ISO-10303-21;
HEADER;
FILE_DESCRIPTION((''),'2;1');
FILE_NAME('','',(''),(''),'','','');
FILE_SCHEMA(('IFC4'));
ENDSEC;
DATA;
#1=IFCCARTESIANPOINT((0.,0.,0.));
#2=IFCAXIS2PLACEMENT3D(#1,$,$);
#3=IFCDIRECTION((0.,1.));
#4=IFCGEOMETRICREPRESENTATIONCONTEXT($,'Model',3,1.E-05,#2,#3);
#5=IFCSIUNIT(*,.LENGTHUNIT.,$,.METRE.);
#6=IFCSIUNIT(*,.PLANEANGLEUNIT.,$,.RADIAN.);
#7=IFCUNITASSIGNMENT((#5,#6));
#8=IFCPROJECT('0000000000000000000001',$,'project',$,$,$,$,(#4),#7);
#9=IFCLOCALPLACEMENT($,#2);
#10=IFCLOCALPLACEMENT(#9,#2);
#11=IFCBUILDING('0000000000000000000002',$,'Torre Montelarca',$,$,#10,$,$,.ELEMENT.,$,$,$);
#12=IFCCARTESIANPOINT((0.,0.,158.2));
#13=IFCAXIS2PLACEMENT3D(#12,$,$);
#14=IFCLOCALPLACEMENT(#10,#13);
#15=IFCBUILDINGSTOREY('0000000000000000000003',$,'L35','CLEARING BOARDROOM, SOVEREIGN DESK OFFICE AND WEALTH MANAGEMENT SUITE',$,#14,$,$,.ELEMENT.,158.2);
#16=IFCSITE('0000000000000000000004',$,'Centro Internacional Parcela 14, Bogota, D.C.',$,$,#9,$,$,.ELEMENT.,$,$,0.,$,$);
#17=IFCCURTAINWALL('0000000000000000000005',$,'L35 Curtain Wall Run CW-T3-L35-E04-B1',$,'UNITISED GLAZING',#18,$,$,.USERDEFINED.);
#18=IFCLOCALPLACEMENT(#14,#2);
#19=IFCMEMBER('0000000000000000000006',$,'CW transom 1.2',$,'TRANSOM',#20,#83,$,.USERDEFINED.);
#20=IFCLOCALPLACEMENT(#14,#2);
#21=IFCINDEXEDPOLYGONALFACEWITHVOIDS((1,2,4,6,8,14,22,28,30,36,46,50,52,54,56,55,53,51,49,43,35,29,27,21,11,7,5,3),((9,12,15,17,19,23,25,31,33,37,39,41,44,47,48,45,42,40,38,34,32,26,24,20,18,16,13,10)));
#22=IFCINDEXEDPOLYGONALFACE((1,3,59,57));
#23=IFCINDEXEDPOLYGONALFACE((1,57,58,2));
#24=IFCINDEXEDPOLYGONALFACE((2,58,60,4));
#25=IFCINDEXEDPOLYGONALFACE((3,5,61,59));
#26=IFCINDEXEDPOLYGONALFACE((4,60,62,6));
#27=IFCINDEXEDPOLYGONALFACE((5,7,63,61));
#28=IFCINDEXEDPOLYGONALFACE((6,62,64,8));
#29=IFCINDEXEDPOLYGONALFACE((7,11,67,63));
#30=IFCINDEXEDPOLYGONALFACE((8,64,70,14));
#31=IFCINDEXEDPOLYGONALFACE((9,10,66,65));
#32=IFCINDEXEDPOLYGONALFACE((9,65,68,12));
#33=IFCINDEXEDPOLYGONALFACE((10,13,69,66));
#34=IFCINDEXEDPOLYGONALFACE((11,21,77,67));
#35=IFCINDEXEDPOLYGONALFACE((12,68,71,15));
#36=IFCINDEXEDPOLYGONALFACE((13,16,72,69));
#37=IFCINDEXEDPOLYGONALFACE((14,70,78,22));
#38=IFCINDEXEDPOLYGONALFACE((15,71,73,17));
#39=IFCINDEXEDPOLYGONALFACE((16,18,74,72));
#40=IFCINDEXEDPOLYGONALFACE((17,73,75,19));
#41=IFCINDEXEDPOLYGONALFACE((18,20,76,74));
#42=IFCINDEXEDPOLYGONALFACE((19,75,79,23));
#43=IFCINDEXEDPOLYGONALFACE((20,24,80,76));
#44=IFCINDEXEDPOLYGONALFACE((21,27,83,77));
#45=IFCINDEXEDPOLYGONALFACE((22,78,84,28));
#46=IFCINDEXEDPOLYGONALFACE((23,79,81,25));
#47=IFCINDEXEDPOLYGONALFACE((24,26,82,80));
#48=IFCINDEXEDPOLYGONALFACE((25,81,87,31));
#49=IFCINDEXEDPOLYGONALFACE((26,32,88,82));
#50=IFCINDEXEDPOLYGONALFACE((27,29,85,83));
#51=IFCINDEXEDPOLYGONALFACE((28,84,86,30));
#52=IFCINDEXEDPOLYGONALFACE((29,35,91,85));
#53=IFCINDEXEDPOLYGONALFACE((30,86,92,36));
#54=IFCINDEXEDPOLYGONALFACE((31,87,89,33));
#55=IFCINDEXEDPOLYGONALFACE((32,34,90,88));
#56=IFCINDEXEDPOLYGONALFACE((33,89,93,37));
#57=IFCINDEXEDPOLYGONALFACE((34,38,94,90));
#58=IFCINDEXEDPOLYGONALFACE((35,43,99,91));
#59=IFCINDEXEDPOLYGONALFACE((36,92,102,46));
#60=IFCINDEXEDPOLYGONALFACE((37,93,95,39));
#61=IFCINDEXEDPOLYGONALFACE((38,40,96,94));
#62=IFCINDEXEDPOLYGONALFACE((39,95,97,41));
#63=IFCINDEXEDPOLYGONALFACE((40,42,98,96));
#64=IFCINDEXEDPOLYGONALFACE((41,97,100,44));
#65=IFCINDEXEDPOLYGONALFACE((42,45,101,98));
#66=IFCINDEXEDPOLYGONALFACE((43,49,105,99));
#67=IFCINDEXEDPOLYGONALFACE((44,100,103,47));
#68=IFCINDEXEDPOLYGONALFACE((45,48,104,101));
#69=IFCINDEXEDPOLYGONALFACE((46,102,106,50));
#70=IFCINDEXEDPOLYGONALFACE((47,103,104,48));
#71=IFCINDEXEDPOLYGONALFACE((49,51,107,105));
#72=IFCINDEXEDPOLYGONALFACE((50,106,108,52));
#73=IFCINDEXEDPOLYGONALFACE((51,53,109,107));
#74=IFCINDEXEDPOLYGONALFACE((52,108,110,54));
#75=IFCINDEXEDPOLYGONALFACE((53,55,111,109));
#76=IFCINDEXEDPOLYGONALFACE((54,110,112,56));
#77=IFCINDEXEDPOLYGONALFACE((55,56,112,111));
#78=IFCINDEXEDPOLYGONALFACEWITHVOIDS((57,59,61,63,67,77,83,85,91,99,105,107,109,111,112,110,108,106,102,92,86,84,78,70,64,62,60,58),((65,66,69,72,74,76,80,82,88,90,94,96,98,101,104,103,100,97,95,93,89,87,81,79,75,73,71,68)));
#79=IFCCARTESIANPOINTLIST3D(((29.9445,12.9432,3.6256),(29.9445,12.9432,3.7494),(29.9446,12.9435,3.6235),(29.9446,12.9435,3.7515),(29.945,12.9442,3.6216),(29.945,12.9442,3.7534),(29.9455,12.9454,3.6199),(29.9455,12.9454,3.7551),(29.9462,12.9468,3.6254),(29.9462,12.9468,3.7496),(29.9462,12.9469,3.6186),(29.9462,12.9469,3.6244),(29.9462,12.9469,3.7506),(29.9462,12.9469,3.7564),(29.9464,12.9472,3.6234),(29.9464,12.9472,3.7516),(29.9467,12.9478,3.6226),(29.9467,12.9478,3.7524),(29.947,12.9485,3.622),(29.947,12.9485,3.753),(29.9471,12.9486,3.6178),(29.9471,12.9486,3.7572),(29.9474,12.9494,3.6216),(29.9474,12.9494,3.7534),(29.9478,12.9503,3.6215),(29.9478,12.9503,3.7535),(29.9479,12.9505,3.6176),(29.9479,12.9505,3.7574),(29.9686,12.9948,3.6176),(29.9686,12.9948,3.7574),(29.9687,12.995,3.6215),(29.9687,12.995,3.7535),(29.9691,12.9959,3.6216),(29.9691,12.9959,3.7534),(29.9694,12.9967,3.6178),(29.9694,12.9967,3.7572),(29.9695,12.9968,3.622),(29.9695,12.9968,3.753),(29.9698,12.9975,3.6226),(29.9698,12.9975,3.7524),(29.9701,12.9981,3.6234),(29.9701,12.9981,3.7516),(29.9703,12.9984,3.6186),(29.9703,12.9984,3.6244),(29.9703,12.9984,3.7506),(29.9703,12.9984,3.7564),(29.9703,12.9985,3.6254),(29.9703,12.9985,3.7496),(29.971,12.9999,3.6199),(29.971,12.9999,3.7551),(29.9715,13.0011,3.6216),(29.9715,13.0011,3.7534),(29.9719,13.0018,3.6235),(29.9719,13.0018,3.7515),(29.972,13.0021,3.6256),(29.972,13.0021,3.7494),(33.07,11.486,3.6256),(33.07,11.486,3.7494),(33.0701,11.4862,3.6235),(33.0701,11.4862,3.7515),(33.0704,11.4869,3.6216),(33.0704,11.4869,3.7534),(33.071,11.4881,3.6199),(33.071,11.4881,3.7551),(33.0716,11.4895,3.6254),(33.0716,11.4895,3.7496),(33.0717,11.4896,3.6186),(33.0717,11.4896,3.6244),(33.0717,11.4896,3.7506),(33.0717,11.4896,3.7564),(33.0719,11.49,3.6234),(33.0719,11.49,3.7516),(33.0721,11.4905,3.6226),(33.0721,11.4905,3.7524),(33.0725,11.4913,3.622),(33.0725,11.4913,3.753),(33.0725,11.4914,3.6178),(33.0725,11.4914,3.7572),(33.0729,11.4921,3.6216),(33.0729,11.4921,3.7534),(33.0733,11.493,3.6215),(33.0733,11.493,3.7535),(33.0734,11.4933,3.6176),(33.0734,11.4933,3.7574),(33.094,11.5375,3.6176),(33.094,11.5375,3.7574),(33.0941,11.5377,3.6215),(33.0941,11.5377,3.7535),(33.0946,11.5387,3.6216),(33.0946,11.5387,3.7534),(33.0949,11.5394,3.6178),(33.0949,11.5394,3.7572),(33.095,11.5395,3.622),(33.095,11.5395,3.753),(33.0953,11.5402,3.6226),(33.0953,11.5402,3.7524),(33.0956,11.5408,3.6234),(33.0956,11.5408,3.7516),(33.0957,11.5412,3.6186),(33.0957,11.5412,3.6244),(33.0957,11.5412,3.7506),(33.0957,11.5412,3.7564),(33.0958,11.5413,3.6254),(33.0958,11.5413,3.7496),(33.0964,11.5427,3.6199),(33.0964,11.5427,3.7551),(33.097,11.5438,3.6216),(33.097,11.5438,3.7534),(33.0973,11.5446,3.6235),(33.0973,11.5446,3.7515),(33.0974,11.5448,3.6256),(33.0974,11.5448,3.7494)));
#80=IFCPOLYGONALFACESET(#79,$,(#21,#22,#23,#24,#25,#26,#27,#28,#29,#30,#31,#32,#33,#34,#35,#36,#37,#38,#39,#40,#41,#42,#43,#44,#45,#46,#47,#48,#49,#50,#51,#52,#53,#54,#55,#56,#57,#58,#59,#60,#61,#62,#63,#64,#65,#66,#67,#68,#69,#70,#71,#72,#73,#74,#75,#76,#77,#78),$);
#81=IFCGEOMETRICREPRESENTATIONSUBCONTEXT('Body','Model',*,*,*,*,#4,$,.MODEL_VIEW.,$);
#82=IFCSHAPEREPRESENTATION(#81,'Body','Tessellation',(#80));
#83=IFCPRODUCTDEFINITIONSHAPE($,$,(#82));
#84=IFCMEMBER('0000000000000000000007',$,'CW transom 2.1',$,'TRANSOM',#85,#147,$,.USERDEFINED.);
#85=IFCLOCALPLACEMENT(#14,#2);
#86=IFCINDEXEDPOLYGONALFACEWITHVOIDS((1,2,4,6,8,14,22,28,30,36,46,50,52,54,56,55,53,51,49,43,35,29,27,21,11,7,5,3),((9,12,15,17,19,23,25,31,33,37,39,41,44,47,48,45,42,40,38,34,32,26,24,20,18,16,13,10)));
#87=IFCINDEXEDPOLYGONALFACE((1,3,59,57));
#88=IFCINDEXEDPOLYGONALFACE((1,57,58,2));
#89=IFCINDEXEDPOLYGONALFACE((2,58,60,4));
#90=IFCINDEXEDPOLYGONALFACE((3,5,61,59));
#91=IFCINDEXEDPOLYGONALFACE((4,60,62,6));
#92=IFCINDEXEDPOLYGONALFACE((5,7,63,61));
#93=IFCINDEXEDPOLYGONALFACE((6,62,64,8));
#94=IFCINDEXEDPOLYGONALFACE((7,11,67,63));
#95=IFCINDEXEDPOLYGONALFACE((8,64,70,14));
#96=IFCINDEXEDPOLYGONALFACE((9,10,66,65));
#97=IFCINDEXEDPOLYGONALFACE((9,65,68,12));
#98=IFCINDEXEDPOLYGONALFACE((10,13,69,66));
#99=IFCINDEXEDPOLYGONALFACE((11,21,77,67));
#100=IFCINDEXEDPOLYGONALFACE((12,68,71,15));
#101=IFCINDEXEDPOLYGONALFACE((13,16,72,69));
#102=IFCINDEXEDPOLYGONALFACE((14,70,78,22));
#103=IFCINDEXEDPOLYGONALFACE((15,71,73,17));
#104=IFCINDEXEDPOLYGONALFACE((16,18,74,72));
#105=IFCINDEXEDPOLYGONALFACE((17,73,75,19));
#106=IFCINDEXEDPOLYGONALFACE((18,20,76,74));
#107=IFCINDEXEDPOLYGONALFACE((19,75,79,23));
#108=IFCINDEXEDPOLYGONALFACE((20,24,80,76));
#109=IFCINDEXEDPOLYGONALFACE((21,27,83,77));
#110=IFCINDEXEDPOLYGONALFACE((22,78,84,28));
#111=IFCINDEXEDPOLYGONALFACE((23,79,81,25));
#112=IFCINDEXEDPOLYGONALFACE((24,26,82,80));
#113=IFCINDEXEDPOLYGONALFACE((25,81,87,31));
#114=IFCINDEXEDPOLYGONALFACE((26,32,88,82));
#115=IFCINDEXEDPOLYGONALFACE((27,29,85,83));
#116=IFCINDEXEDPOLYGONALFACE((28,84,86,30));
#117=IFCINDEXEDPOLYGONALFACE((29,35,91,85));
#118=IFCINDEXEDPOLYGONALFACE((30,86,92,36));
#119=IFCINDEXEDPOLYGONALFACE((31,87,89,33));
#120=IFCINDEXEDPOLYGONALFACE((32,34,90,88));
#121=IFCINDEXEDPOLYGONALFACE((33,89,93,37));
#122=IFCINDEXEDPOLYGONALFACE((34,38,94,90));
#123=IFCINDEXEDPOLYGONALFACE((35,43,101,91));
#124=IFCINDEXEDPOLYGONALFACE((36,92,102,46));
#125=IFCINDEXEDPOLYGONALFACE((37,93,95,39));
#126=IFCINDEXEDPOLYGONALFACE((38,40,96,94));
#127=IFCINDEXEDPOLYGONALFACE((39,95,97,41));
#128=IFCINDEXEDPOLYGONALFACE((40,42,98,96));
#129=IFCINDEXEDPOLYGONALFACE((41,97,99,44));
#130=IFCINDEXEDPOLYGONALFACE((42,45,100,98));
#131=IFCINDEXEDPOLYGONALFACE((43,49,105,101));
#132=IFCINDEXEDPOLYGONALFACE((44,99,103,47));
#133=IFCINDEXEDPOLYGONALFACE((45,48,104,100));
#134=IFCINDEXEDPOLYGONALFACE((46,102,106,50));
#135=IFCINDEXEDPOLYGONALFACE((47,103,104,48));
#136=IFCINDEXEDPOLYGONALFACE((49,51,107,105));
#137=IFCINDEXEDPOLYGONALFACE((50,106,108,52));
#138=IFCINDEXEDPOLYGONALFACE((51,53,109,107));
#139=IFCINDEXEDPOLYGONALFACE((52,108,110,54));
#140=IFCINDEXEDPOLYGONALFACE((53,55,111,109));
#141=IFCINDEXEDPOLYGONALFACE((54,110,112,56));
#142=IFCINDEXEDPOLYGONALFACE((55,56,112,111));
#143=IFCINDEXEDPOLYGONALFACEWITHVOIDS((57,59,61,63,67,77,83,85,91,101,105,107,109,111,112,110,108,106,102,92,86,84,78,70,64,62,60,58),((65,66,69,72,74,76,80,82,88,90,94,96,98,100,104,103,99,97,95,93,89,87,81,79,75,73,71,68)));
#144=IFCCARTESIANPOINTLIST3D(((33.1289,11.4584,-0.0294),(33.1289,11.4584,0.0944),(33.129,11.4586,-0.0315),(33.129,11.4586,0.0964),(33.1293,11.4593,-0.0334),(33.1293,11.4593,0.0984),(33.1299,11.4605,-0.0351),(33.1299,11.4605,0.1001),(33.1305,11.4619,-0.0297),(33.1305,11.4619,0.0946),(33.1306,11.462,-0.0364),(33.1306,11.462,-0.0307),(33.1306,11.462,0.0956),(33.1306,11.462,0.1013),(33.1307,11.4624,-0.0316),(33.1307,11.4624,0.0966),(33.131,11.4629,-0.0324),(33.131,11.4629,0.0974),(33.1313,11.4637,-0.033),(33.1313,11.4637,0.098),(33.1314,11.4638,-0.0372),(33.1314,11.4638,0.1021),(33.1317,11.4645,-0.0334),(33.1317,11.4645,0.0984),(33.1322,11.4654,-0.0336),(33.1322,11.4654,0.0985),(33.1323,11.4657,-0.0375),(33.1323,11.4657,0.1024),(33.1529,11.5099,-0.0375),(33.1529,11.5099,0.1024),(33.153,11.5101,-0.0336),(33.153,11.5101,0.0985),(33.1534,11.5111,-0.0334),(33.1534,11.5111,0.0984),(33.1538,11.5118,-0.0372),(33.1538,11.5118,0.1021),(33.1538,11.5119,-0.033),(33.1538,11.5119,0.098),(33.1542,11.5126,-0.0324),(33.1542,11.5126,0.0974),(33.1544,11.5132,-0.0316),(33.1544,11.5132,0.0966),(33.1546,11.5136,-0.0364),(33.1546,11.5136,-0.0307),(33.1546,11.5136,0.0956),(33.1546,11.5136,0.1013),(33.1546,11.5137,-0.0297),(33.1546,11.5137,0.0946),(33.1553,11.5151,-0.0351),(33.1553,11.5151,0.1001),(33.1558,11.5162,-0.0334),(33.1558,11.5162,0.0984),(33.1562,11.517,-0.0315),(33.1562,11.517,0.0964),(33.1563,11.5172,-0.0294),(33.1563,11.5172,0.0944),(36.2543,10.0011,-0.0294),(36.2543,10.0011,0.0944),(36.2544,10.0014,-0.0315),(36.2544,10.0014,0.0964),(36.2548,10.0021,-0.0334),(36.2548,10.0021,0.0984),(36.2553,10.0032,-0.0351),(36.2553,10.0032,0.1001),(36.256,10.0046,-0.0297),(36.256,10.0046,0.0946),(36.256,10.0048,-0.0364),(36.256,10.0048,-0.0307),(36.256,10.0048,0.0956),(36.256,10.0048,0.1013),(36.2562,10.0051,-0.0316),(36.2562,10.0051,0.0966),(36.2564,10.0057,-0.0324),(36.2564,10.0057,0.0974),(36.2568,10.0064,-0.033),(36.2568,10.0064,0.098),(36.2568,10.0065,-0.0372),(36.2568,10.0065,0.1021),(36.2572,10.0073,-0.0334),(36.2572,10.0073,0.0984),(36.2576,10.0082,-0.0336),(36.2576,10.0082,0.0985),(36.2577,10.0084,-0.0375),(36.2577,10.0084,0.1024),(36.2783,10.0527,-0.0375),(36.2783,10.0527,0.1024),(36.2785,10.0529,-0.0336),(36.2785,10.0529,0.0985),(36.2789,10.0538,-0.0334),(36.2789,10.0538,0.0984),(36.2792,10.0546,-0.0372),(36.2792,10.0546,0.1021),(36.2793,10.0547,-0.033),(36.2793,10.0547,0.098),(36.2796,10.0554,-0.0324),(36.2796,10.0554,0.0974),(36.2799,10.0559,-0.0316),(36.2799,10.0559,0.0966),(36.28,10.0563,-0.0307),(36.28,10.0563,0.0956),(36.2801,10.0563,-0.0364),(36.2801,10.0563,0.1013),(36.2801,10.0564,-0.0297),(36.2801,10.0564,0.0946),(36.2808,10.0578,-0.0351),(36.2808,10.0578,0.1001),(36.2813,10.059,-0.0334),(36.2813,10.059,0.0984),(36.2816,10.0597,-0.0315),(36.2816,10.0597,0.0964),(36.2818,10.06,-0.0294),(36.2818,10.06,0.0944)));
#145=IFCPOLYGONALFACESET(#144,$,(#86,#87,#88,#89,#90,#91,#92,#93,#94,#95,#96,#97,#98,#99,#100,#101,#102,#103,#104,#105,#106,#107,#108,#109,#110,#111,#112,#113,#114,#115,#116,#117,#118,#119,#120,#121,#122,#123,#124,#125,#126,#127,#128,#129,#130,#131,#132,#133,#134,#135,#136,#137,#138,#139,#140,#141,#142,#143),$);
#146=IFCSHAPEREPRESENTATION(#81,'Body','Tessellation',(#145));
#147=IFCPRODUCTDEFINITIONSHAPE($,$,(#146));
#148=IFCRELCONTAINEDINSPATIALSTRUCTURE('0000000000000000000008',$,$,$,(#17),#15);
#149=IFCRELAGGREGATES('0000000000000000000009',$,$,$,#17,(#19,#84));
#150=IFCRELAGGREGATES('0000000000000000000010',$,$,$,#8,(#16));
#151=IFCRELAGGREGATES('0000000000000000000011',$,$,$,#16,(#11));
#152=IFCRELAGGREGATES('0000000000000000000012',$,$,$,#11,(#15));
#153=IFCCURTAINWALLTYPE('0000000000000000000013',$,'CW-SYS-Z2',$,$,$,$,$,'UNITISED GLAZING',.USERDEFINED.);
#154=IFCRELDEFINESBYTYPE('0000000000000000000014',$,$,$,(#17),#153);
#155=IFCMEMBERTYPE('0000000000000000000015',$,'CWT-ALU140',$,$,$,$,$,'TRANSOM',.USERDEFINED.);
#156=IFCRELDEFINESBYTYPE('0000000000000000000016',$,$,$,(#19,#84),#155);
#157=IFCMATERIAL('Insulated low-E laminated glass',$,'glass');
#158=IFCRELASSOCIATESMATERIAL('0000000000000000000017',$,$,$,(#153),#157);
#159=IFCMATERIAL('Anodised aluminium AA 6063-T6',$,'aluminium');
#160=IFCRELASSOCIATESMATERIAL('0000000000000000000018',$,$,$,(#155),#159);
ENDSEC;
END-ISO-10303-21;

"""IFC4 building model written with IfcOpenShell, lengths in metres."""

from ifc_helpers import new_model, si_unit, direction, frame, origin, origin_2d, place, context, subcontext, project, spatial, hollow_rectangle, extrude, source, transform, mapped, material, material_profile, profile_set, type_object, element, aggregate, save


model = new_model("IFC4")

# Units and contexts
model_context = context("Model", 3, precision=1e-05, world=origin(), true_north=direction((0.0, 1.0)))
body_context = subcontext(model_context, "Body", "Model", "MODEL_VIEW")
ifc_project = project(units=[si_unit("LENGTHUNIT", "METRE"), si_unit("PLANEANGLEUNIT", "RADIAN")], contexts=[model_context])

# Site, building, storey
site_placement = place(None, origin())
site = spatial("IfcSite", under=ifc_project, at=site_placement, Name="Centro Internacional Parcela 14, Bogota, D.C.", CompositionType="ELEMENT", RefElevation=0.0)
building_placement = place(site_placement, origin())
building = spatial("IfcBuilding", under=site, at=building_placement, Name="Torre Montelarca", CompositionType="ELEMENT")
storey_placement = place(building_placement, frame((0.0, 0.0, 158.2)))
storey = spatial("IfcBuildingStorey", under=building, at=storey_placement, Name="L35", Description="CLEARING BOARDROOM, SOVEREIGN DESK OFFICE AND WEALTH MANAGEMENT SUITE", CompositionType="ELEMENT", Elevation=158.2)

# Shared definitions
ifc_material_1 = material(Name="Insulated low-E laminated glass", Category="glass")
curtain_wall_type = type_object("IfcCurtainWallType", Name="CW-SYS-Z2", ElementType="UNITISED GLAZING", PredefinedType="USERDEFINED", material=ifc_material_1)
ifc_material_2 = material(Name="Anodised aluminium AA 6063-T6", Category="aluminium")
ifc_material_profile_1 = material_profile(ifc_material_2, hollow_rectangle(XDim=0.0649, YDim=0.1399, WallThickness=0.0039, InnerFilletRadius=0.0039, OuterFilletRadius=0.0081, at=origin_2d()), Name="ALU65X140X4", Category="aluminium")
ifc_profile_set_1 = profile_set([ifc_material_profile_1], Name="Anodised aluminium AA 6063-T6")
member_type_1 = type_object("IfcMemberType", Name="CWT-ALU140", ElementType="TRANSOM", PredefinedType="USERDEFINED", material=ifc_profile_set_1)

# Curtain wall, members
curtain_wall_1_placement = place(storey_placement, origin())
curtain_wall_1 = element("IfcCurtainWall", 1, at=curtain_wall_1_placement, inside=storey, type_object=curtain_wall_type, Name="L35 Curtain Wall Run CW-T3-L35-E04-B1", ObjectType="UNITISED GLAZING", PredefinedType="USERDEFINED")
shared_shape_1 = source(origin(), body_context, "Body", "SweptSolid", [
    extrude(hollow_rectangle(XDim=0.0649, YDim=0.1399, WallThickness=0.0039, InnerFilletRadius=0.0039, OuterFilletRadius=0.0081, at=origin_2d()), origin(), (0.0, 0.0, 1.0), 3.4485),
])
member_1_placement = place(storey_placement, frame((29.9583, 12.9727, 3.6875), z_axis=(0.906326, -0.422579, 0.0), x_axis=(0.422579, 0.906326, 0.0)))
member_1 = element("IfcMember", 2, at=member_1_placement, type_object=member_type_1, Name="CW transom 1.2", ObjectType="TRANSOM", PredefinedType="USERDEFINED", context=body_context, shape_type="MappedRepresentation", body=[
    mapped(shared_shape_1, transform((0.0, 0.0, 0.0), scale=1.0)),
])
member_2_placement = place(storey_placement, frame((33.1426, 11.4878, 0.0325), z_axis=(0.906326, -0.422579, 0.0), x_axis=(0.422579, 0.906326, 0.0)))
member_2 = element("IfcMember", 3, at=member_2_placement, type_object=member_type_1, Name="CW transom 2.1", ObjectType="TRANSOM", PredefinedType="USERDEFINED", context=body_context, shape_type="MappedRepresentation", body=[
    mapped(shared_shape_1, transform((0.0, 0.0, 0.0), scale=1.0)),
])
aggregate(curtain_wall_1, [member_1, member_2])

save(model, "model.ifc")
